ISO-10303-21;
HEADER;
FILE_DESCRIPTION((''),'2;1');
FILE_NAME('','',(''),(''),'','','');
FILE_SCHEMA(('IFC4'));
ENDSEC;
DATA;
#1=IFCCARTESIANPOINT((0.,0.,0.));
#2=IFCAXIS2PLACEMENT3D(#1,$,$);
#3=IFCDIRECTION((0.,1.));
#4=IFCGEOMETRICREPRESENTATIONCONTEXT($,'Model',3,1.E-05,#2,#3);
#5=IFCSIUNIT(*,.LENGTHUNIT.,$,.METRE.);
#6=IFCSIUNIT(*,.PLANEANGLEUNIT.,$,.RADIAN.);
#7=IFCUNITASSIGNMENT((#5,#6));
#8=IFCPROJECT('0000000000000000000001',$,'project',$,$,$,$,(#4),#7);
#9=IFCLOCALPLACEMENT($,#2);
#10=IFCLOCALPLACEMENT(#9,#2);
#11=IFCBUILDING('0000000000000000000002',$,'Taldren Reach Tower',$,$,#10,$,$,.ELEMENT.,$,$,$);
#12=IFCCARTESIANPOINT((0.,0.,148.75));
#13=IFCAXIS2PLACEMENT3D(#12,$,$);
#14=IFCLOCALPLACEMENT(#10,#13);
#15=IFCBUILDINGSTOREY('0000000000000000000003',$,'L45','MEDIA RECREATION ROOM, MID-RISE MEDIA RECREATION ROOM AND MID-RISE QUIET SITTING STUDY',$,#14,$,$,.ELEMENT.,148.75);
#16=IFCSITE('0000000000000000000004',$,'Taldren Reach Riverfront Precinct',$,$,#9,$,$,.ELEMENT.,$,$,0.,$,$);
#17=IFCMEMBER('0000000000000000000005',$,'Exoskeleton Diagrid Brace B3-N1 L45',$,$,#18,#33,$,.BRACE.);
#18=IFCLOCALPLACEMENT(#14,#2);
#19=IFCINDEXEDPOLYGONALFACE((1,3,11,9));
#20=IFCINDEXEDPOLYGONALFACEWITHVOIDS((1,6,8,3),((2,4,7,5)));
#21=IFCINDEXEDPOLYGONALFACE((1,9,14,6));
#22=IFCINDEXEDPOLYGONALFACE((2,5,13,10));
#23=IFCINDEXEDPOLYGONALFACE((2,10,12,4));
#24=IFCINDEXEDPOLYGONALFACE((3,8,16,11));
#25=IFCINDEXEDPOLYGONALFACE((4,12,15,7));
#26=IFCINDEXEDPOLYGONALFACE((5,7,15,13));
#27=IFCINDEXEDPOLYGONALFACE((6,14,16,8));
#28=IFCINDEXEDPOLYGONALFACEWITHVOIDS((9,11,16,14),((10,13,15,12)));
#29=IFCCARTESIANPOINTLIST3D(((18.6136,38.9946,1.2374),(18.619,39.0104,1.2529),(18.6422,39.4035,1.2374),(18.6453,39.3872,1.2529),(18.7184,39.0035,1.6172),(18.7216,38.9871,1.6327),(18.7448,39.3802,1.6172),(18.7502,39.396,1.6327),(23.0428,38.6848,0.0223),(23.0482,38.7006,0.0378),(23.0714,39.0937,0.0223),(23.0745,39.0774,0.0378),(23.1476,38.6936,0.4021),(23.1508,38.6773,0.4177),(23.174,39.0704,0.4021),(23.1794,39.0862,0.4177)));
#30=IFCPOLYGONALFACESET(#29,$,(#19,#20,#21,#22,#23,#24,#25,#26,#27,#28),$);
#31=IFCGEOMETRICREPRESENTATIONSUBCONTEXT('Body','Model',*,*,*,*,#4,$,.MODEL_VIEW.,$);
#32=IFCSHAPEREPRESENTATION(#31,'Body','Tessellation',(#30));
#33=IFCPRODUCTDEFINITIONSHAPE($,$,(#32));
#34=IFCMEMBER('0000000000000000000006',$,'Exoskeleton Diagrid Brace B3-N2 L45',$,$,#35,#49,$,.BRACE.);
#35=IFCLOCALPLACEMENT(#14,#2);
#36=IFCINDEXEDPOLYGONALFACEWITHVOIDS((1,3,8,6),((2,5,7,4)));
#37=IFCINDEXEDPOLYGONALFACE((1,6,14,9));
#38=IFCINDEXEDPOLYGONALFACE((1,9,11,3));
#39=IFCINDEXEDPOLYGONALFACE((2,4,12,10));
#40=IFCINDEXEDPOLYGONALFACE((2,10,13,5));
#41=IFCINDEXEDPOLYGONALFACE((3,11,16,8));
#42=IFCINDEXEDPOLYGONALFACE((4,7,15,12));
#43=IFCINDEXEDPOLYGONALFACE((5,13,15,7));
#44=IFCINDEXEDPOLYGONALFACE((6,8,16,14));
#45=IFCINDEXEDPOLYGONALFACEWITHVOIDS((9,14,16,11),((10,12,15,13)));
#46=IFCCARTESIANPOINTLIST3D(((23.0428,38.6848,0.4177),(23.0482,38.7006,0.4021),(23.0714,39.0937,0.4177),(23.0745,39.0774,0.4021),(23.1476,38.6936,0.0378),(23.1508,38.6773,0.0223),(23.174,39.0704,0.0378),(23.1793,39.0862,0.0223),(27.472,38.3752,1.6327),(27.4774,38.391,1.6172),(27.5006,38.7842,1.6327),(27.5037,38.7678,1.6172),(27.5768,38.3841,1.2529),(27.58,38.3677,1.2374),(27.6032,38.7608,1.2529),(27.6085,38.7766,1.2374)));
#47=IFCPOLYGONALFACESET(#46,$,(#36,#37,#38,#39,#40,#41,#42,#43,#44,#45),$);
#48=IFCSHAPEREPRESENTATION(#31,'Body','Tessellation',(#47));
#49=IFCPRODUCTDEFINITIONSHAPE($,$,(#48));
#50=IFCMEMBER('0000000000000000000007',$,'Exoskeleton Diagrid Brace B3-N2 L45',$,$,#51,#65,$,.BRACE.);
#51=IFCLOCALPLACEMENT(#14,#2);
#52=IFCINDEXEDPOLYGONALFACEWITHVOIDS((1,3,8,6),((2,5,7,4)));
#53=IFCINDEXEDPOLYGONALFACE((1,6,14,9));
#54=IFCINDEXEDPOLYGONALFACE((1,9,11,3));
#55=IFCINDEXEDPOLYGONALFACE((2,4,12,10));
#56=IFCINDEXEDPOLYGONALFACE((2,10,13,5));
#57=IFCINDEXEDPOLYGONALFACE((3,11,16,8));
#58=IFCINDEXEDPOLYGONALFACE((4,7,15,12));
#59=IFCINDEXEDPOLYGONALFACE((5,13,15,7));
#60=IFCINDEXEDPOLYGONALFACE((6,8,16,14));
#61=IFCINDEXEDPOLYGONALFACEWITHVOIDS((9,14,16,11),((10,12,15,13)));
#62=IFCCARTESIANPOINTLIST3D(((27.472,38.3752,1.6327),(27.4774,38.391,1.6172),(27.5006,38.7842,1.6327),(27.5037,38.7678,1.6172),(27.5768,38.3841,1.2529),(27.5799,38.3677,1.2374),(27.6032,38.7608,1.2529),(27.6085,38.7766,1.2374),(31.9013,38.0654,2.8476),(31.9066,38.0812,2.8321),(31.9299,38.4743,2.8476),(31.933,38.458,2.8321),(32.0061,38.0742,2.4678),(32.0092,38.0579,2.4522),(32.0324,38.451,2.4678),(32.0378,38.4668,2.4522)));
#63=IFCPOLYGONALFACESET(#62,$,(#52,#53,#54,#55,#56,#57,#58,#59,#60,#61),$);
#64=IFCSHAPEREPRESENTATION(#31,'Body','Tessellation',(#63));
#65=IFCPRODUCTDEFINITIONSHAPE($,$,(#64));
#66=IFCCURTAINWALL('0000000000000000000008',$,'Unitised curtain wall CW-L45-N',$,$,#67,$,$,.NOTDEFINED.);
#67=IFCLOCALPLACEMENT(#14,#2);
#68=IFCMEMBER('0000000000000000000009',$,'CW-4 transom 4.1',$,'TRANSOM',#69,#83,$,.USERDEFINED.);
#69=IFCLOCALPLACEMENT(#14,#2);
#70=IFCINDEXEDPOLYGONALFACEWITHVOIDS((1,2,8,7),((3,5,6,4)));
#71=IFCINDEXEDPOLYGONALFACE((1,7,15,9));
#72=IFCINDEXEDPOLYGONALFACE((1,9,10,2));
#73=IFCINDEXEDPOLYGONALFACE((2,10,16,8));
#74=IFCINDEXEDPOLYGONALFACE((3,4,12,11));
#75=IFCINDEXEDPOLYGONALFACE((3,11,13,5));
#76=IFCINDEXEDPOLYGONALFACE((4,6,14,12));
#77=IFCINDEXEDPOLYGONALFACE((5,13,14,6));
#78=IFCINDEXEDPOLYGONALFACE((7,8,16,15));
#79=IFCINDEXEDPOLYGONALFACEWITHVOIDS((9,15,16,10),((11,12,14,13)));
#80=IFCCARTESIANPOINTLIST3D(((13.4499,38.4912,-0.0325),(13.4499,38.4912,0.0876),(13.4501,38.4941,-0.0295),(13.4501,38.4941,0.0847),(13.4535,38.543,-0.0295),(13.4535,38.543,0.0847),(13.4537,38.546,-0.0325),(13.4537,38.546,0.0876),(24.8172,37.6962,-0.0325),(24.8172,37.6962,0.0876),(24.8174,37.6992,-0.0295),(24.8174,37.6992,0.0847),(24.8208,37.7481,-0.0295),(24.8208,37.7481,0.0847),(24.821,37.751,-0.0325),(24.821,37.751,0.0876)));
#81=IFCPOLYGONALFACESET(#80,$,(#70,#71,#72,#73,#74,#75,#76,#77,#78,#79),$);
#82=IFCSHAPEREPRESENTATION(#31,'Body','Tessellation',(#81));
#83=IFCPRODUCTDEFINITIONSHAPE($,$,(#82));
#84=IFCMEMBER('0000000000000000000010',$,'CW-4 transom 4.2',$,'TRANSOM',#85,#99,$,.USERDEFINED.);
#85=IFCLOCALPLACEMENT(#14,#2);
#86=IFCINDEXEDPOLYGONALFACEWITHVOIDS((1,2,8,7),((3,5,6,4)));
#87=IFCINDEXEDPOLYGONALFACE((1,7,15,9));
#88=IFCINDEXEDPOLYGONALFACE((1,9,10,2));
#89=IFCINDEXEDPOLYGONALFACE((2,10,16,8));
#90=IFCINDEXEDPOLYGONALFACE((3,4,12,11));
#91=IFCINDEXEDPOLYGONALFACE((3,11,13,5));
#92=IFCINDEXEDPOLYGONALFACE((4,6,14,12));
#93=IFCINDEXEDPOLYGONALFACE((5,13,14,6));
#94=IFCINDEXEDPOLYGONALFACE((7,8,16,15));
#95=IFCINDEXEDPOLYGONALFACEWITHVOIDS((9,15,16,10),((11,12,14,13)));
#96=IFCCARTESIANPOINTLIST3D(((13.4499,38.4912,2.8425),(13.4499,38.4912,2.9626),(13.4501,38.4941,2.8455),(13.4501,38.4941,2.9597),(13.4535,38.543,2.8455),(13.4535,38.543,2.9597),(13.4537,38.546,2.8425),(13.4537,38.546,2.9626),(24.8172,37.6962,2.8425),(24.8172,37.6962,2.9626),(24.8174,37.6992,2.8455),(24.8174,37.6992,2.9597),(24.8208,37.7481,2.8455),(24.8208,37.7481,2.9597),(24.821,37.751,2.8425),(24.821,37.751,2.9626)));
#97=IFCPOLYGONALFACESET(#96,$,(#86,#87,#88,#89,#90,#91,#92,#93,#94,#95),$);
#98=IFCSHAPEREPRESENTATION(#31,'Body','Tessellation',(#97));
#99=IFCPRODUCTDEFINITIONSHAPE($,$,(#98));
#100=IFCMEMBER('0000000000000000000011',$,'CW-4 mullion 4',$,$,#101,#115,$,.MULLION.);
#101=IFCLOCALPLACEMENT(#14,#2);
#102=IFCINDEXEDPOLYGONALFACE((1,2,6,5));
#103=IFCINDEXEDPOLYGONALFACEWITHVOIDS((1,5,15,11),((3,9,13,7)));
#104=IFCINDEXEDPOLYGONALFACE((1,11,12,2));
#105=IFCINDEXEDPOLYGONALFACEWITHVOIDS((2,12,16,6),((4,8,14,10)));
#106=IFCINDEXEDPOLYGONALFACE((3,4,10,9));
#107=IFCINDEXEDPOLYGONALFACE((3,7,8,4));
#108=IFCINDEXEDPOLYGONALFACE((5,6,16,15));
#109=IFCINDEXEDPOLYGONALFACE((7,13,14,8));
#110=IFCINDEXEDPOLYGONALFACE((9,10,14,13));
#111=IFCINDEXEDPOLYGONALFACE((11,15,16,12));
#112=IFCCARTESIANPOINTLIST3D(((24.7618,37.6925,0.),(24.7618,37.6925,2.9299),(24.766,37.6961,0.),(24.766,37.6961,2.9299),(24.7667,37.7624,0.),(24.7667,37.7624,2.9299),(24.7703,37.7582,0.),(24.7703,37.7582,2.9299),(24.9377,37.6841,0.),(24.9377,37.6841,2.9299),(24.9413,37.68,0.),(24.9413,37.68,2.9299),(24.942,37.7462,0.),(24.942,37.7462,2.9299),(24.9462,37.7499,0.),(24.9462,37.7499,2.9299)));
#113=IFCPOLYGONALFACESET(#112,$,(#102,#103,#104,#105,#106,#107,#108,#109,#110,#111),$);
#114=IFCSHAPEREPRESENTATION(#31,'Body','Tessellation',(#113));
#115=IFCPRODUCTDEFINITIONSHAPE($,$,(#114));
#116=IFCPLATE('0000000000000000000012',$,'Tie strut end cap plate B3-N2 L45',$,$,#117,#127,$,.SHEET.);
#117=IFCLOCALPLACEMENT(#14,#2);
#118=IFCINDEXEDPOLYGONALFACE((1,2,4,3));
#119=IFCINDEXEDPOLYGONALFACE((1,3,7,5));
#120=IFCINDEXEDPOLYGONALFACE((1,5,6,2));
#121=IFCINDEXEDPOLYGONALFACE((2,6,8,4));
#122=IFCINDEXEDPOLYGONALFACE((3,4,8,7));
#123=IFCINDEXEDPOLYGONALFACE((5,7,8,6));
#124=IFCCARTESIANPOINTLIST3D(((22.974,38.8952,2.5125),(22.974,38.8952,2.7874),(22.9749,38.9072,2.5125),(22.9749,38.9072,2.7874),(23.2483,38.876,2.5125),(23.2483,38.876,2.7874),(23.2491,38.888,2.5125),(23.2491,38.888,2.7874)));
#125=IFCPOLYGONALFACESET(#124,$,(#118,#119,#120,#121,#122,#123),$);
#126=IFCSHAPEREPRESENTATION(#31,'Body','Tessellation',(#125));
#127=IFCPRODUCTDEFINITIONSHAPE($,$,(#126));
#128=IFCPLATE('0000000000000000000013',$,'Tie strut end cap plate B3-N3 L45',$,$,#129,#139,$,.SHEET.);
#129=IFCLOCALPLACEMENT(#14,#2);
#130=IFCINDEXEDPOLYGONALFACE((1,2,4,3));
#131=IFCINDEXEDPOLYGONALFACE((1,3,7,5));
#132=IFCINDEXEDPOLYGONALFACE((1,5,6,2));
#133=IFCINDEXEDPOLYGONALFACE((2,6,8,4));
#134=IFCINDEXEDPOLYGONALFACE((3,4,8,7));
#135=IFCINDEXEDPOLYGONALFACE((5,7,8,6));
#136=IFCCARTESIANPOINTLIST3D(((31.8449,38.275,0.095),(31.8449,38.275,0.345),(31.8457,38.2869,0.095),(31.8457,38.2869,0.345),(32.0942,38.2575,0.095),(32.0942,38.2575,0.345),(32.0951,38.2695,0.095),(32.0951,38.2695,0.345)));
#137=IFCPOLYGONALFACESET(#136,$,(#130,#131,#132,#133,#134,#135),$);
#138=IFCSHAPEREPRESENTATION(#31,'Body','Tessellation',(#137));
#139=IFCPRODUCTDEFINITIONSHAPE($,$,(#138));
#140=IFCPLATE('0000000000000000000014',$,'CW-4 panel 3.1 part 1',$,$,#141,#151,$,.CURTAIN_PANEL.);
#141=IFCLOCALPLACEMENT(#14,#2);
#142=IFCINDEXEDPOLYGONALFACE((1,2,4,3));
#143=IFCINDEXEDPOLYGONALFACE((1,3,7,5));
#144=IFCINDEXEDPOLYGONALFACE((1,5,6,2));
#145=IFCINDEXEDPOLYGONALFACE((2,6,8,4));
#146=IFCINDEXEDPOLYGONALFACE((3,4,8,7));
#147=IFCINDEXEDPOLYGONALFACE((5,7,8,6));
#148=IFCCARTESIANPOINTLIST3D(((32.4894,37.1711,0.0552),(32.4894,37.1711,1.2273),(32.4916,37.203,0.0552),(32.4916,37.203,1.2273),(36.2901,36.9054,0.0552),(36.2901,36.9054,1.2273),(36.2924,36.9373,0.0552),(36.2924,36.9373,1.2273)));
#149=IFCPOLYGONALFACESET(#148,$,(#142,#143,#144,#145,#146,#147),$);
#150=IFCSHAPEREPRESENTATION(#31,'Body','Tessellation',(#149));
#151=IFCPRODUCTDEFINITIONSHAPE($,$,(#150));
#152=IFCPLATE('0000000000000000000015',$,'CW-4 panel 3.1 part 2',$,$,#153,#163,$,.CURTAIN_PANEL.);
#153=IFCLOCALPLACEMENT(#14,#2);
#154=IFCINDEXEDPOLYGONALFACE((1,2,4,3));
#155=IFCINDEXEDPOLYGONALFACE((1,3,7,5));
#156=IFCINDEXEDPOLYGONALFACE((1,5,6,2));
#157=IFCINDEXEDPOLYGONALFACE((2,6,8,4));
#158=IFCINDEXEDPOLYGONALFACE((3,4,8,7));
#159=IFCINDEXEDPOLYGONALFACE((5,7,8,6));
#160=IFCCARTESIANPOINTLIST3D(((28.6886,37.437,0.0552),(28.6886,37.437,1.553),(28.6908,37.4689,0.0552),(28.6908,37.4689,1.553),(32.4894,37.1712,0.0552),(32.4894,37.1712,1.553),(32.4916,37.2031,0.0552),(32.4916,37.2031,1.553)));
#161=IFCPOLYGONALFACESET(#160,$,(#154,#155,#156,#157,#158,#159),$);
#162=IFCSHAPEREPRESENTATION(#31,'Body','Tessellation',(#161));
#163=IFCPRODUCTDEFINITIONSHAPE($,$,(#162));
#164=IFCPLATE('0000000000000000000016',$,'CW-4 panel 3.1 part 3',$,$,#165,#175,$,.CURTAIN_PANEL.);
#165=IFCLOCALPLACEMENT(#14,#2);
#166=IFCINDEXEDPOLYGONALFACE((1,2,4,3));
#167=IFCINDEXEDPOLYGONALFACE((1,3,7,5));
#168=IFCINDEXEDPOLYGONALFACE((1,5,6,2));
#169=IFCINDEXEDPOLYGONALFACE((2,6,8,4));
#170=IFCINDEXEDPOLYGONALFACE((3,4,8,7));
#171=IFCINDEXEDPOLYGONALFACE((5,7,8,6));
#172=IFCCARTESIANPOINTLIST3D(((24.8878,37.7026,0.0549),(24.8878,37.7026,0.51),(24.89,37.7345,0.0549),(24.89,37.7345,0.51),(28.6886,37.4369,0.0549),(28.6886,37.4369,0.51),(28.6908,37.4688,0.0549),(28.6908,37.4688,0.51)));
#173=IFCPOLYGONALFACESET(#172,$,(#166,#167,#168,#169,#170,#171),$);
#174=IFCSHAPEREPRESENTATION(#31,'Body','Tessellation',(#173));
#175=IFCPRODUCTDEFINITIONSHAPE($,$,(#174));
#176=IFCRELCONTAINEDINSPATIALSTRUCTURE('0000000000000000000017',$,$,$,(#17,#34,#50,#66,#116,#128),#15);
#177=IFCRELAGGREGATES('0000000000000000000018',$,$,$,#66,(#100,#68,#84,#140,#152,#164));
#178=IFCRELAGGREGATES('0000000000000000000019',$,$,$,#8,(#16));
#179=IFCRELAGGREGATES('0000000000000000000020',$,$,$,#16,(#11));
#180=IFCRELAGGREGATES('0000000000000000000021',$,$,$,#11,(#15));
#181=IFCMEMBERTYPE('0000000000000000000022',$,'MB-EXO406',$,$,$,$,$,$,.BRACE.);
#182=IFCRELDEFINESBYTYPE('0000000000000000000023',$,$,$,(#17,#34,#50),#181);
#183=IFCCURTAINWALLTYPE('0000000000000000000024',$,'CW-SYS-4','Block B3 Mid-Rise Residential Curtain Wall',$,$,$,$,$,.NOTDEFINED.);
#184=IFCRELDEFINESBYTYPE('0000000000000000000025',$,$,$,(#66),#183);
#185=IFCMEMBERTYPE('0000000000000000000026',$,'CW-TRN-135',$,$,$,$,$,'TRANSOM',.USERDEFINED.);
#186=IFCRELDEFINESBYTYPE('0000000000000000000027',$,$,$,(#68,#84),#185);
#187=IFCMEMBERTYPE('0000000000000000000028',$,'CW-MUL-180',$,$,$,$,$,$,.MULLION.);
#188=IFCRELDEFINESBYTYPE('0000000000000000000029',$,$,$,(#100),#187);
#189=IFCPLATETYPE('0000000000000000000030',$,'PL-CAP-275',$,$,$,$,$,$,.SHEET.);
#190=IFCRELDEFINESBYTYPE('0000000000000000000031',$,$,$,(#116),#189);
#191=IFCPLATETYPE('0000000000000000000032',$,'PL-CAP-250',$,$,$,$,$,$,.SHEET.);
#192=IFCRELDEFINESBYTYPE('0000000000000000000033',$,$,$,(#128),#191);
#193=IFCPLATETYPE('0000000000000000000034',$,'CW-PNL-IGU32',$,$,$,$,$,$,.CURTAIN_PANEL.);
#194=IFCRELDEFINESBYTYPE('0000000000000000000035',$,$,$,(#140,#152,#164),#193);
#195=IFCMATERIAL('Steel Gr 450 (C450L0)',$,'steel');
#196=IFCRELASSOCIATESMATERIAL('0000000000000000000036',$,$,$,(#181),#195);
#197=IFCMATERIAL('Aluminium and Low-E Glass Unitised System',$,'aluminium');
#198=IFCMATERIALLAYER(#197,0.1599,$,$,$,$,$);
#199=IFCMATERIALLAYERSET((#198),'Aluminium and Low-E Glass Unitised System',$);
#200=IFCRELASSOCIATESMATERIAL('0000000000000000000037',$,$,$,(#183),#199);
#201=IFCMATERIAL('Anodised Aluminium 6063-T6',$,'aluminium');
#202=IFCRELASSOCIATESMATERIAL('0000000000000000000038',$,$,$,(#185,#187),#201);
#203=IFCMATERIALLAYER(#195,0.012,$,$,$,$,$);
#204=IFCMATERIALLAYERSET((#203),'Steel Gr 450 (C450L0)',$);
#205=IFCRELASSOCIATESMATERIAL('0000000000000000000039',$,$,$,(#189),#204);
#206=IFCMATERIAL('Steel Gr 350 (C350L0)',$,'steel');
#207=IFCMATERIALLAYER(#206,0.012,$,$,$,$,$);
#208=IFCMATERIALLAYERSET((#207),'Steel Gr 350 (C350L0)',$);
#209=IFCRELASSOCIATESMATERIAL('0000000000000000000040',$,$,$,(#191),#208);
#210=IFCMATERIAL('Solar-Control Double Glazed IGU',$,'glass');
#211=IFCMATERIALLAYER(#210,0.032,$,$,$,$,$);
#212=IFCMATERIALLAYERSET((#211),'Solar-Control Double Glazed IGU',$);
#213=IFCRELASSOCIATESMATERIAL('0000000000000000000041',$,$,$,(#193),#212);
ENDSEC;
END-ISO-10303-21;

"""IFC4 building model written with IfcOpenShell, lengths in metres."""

from ifc_helpers import new_model, si_unit, direction, frame, origin, origin_2d, place, context, subcontext, project, spatial, rectangle, hollow_rectangle, extrude, source, transform, mapped, material, layer, layer_set, material_profile, profile_set, type_object, element, aggregate, save


model = new_model("IFC4")

# Units and contexts
model_context = context("Model", 3, precision=1e-05, world=origin(), true_north=direction((0.0, 1.0)))
body_context = subcontext(model_context, "Body", "Model", "MODEL_VIEW")
ifc_project = project(units=[si_unit("LENGTHUNIT", "METRE"), si_unit("PLANEANGLEUNIT", "RADIAN")], contexts=[model_context])

# Site, building, storey
site_placement = place(None, origin())
site = spatial("IfcSite", under=ifc_project, at=site_placement, Name="Taldren Reach Riverfront Precinct", CompositionType="ELEMENT", RefElevation=0.0)
building_placement = place(site_placement, origin())
building = spatial("IfcBuilding", under=site, at=building_placement, Name="Taldren Reach Tower", CompositionType="ELEMENT")
storey_placement = place(building_placement, frame((0.0, 0.0, 148.75)))
storey = spatial("IfcBuildingStorey", under=building, at=storey_placement, Name="L45", Description="MEDIA RECREATION ROOM, MID-RISE MEDIA RECREATION ROOM AND MID-RISE QUIET SITTING STUDY", CompositionType="ELEMENT", Elevation=148.75)

# Shared definitions
ifc_material_1 = material(Name="Steel Gr 450 (C450L0)", Category="steel")
ifc_material_2 = material(Name="Steel Gr 350 (C350L0)", Category="steel")

# Members
ifc_material_profile_1 = material_profile(ifc_material_1, hollow_rectangle(XDim=0.4099, YDim=0.4099, WallThickness=0.0161, at=origin_2d()), Name="410x410x16.0SHS")
ifc_profile_set_1 = profile_set([ifc_material_profile_1], Name="Steel Gr 450 (C450L0)")
member_type_1 = type_object("IfcMemberType", Name="MB-EXO406", PredefinedType="BRACE", material=ifc_profile_set_1)
shared_shape_1 = source(origin(), body_context, "Body", "SweptSolid", [
    extrude(hollow_rectangle(XDim=0.4099, YDim=0.4099, WallThickness=0.0161, at=origin_2d()), origin(), (0.0, 0.0, 1.0), 4.6033),
])
for number, where, z_axis, x_axis, name in (
    (1, (23.1111, 38.8855, 0.22), (-0.962182, 0.067303, 0.263961), (-0.069778, -0.997563, 0.0), "Exoskeleton Diagrid Brace B3-N1 L45"),
    (2, (23.1111, 38.8855, 0.22), (0.962186, -0.06725, 0.263962), (0.069723, 0.997566, 0.0), "Exoskeleton Diagrid Brace B3-N2 L45"),
    (3, (27.5403, 38.5759, 1.4351), (0.962196, -0.067304, 0.263912), (0.069778, 0.997563, 0.0), "Exoskeleton Diagrid Brace B3-N2 L45"),
):
    element("IfcMember", number, at=place(storey_placement, frame(where, z_axis=z_axis, x_axis=x_axis)), inside=storey, type_object=member_type_1, Name=name, PredefinedType="BRACE", context=body_context, shape_type="MappedRepresentation", body=[
        mapped(shared_shape_1, transform((0.0, 0.0, 0.0), scale=1.0)),
    ])

# Curtain wall, members
ifc_material_3 = material(Name="Aluminium and Low-E Glass Unitised System", Category="aluminium")
ifc_layer_1 = layer(ifc_material_3, 0.1599)
ifc_layer_set_1 = layer_set([ifc_layer_1], Name="Aluminium and Low-E Glass Unitised System")
curtain_wall_type = type_object("IfcCurtainWallType", Name="CW-SYS-4", Description="Block B3 Mid-Rise Residential Curtain Wall", PredefinedType="NOTDEFINED", material=ifc_layer_set_1)
curtain_wall_placement = place(storey_placement, origin())
curtain_wall = element("IfcCurtainWall", 4, at=curtain_wall_placement, inside=storey, type_object=curtain_wall_type, Name="Unitised curtain wall CW-L45-N", PredefinedType="NOTDEFINED")
ifc_material_4 = material(Name="Anodised Aluminium 6063-T6", Category="aluminium")
ifc_material_profile_2 = material_profile(ifc_material_4, hollow_rectangle(XDim=0.0549, YDim=0.1201, WallThickness=0.0029, at=origin_2d()), Name="ALU-120x55x3RHS")
ifc_profile_set_2 = profile_set([ifc_material_profile_2], Name="Anodised Aluminium 6063-T6")
member_type_2 = type_object("IfcMemberType", Name="CW-TRN-135", ElementType="TRANSOM", PredefinedType="USERDEFINED", material=ifc_profile_set_2)
shared_shape_2 = source(origin(), body_context, "Body", "SweptSolid", [
    extrude(hollow_rectangle(XDim=0.0549, YDim=0.1201, WallThickness=0.0029, at=origin_2d()), origin(), (0.0, 0.0, 1.0), 11.395),
])
member_1_placement = place(storey_placement, frame((24.8191, 37.7236, 0.0276), z_axis=(-0.997564, 0.069761, 0.0), x_axis=(-0.069761, -0.997564, 0.0)))
member_1 = element("IfcMember", 5, at=member_1_placement, type_object=member_type_2, Name="CW-4 transom 4.1", ObjectType="TRANSOM", PredefinedType="USERDEFINED", context=body_context, shape_type="MappedRepresentation", body=[
    mapped(shared_shape_2, transform((0.0, 0.0, 0.0), scale=1.0)),
])
member_2_placement = place(storey_placement, frame((24.8191, 37.7236, 2.9026), z_axis=(-0.997564, 0.069761, 0.0), x_axis=(-0.069761, -0.997564, 0.0)))
member_2 = element("IfcMember", 6, at=member_2_placement, type_object=member_type_2, Name="CW-4 transom 4.2", ObjectType="TRANSOM", PredefinedType="USERDEFINED", context=body_context, shape_type="MappedRepresentation", body=[
    mapped(shared_shape_2, transform((0.0, 0.0, 0.0), scale=1.0)),
])
ifc_material_profile_3 = material_profile(ifc_material_4, hollow_rectangle(XDim=0.0701, YDim=0.1799, WallThickness=0.0039, at=origin_2d()), Name="ALU-180x70x4RHS")
ifc_profile_set_3 = profile_set([ifc_material_profile_3], Name="Anodised Aluminium 6063-T6")
member_type_3 = type_object("IfcMemberType", Name="CW-MUL-180", PredefinedType="MULLION", material=ifc_profile_set_3)
shared_shape_3 = source(origin(), body_context, "Body", "SweptSolid", [
    extrude(hollow_rectangle(XDim=0.0701, YDim=0.1799, WallThickness=0.0039, at=origin_2d()), origin(), (0.0, 0.0, 1.0), 2.9299),
])
member_3_placement = place(storey_placement, frame((24.854, 37.7212, 0.0), z_axis=(0.0, 0.0, 1.0), x_axis=(-0.069757, -0.997564, 0.0)))
member_3 = element("IfcMember", 7, at=member_3_placement, type_object=member_type_3, Name="CW-4 mullion 4", PredefinedType="MULLION", context=body_context, shape_type="MappedRepresentation", body=[
    mapped(shared_shape_3, transform((0.0, 0.0, 0.0), scale=1.0)),
])

# Plates
ifc_layer_2 = layer(ifc_material_1, 0.012)
ifc_layer_set_2 = layer_set([ifc_layer_2], Name="Steel Gr 450 (C450L0)")
plate_type_1 = type_object("IfcPlateType", Name="PL-CAP-275", PredefinedType="SHEET", material=ifc_layer_set_2)
shared_shape_4 = source(origin(), body_context, "Body", "SweptSolid", [
    extrude(rectangle(XDim=0.2749, YDim=0.012, at=origin_2d()), origin(), (0.0, 0.0, 1.0), 0.2749),
])
plate_1_placement = place(storey_placement, frame((23.1116, 38.8916, 2.5125), z_axis=(0.0, 0.0, 1.0), x_axis=(0.997564, -0.069756, 0.0)))
element("IfcPlate", 8, at=plate_1_placement, inside=storey, type_object=plate_type_1, Name="Tie strut end cap plate B3-N2 L45", PredefinedType="SHEET", context=body_context, shape_type="MappedRepresentation", body=[
    mapped(shared_shape_4, transform((0.0, 0.0, 0.0), scale=1.0)),
])
ifc_layer_3 = layer(ifc_material_2, 0.012)
ifc_layer_set_3 = layer_set([ifc_layer_3], Name="Steel Gr 350 (C350L0)")
plate_type_2 = type_object("IfcPlateType", Name="PL-CAP-250", PredefinedType="SHEET", material=ifc_layer_set_3)
shared_shape_5 = source(origin(), body_context, "Body", "SweptSolid", [
    extrude(rectangle(XDim=0.25, YDim=0.012, at=origin_2d()), origin(), (0.0, 0.0, 1.0), 0.25),
])
plate_2_placement = place(storey_placement, frame((31.97, 38.2722, 0.095), z_axis=(0.0, 0.0, 1.0), x_axis=(0.997564, -0.069756, 0.0)))
element("IfcPlate", 9, at=plate_2_placement, inside=storey, type_object=plate_type_2, Name="Tie strut end cap plate B3-N3 L45", PredefinedType="SHEET", context=body_context, shape_type="MappedRepresentation", body=[
    mapped(shared_shape_5, transform((0.0, 0.0, 0.0), scale=1.0)),
])

# Plates
ifc_material_5 = material(Name="Solar-Control Double Glazed IGU", Category="glass")
ifc_layer_4 = layer(ifc_material_5, 0.032)
ifc_layer_set_4 = layer_set([ifc_layer_4], Name="Solar-Control Double Glazed IGU")
plate_type_3 = type_object("IfcPlateType", Name="CW-PNL-IGU32", PredefinedType="CURTAIN_PANEL", material=ifc_layer_set_4)
shared_shape_6 = source(origin(), body_context, "Body", "SweptSolid", [
    extrude(rectangle(XDim=3.8101, YDim=0.032, at=origin_2d()), origin(), (0.0, 0.0, 1.0), 1.1721),
])
plate_3_placement = place(storey_placement, frame((34.3909, 37.0542, 0.0552), z_axis=(0.0, 0.0, 1.0), x_axis=(-0.997564, 0.069757, 0.0)))
plate_3 = element("IfcPlate", 10, at=plate_3_placement, type_object=plate_type_3, Name="CW-4 panel 3.1 part 1", PredefinedType="CURTAIN_PANEL", context=body_context, shape_type="MappedRepresentation", body=[
    mapped(shared_shape_6, transform((0.0, 0.0, 0.0), scale=1.0)),
])
shared_shape_7 = source(origin(), body_context, "Body", "SweptSolid", [
    extrude(rectangle(XDim=3.8101, YDim=0.032, at=origin_2d()), origin(), (0.0, 0.0, 1.0), 1.4978),
])
plate_4_placement = place(storey_placement, frame((30.5901, 37.3201, 0.0552), z_axis=(0.0, 0.0, 1.0), x_axis=(-0.997564, 0.069757, 0.0)))
plate_4 = element("IfcPlate", 11, at=plate_4_placement, type_object=plate_type_3, Name="CW-4 panel 3.1 part 2", PredefinedType="CURTAIN_PANEL", context=body_context, shape_type="MappedRepresentation", body=[
    mapped(shared_shape_7, transform((0.0, 0.0, 0.0), scale=1.0)),
])
shared_shape_8 = source(origin(), body_context, "Body", "SweptSolid", [
    extrude(rectangle(XDim=3.8101, YDim=0.032, at=origin_2d()), origin(), (0.0, 0.0, 1.0), 0.4551),
])
plate_5_placement = place(storey_placement, frame((26.7893, 37.5857, 0.0549), z_axis=(0.0, 0.0, 1.0), x_axis=(-0.997564, 0.069757, 0.0)))
plate_5 = element("IfcPlate", 12, at=plate_5_placement, type_object=plate_type_3, Name="CW-4 panel 3.1 part 3", PredefinedType="CURTAIN_PANEL", context=body_context, shape_type="MappedRepresentation", body=[
    mapped(shared_shape_8, transform((0.0, 0.0, 0.0), scale=1.0)),
])
aggregate(curtain_wall, [member_3, member_1, member_2, plate_3, plate_4, plate_5])

save(model, "model.ifc")
